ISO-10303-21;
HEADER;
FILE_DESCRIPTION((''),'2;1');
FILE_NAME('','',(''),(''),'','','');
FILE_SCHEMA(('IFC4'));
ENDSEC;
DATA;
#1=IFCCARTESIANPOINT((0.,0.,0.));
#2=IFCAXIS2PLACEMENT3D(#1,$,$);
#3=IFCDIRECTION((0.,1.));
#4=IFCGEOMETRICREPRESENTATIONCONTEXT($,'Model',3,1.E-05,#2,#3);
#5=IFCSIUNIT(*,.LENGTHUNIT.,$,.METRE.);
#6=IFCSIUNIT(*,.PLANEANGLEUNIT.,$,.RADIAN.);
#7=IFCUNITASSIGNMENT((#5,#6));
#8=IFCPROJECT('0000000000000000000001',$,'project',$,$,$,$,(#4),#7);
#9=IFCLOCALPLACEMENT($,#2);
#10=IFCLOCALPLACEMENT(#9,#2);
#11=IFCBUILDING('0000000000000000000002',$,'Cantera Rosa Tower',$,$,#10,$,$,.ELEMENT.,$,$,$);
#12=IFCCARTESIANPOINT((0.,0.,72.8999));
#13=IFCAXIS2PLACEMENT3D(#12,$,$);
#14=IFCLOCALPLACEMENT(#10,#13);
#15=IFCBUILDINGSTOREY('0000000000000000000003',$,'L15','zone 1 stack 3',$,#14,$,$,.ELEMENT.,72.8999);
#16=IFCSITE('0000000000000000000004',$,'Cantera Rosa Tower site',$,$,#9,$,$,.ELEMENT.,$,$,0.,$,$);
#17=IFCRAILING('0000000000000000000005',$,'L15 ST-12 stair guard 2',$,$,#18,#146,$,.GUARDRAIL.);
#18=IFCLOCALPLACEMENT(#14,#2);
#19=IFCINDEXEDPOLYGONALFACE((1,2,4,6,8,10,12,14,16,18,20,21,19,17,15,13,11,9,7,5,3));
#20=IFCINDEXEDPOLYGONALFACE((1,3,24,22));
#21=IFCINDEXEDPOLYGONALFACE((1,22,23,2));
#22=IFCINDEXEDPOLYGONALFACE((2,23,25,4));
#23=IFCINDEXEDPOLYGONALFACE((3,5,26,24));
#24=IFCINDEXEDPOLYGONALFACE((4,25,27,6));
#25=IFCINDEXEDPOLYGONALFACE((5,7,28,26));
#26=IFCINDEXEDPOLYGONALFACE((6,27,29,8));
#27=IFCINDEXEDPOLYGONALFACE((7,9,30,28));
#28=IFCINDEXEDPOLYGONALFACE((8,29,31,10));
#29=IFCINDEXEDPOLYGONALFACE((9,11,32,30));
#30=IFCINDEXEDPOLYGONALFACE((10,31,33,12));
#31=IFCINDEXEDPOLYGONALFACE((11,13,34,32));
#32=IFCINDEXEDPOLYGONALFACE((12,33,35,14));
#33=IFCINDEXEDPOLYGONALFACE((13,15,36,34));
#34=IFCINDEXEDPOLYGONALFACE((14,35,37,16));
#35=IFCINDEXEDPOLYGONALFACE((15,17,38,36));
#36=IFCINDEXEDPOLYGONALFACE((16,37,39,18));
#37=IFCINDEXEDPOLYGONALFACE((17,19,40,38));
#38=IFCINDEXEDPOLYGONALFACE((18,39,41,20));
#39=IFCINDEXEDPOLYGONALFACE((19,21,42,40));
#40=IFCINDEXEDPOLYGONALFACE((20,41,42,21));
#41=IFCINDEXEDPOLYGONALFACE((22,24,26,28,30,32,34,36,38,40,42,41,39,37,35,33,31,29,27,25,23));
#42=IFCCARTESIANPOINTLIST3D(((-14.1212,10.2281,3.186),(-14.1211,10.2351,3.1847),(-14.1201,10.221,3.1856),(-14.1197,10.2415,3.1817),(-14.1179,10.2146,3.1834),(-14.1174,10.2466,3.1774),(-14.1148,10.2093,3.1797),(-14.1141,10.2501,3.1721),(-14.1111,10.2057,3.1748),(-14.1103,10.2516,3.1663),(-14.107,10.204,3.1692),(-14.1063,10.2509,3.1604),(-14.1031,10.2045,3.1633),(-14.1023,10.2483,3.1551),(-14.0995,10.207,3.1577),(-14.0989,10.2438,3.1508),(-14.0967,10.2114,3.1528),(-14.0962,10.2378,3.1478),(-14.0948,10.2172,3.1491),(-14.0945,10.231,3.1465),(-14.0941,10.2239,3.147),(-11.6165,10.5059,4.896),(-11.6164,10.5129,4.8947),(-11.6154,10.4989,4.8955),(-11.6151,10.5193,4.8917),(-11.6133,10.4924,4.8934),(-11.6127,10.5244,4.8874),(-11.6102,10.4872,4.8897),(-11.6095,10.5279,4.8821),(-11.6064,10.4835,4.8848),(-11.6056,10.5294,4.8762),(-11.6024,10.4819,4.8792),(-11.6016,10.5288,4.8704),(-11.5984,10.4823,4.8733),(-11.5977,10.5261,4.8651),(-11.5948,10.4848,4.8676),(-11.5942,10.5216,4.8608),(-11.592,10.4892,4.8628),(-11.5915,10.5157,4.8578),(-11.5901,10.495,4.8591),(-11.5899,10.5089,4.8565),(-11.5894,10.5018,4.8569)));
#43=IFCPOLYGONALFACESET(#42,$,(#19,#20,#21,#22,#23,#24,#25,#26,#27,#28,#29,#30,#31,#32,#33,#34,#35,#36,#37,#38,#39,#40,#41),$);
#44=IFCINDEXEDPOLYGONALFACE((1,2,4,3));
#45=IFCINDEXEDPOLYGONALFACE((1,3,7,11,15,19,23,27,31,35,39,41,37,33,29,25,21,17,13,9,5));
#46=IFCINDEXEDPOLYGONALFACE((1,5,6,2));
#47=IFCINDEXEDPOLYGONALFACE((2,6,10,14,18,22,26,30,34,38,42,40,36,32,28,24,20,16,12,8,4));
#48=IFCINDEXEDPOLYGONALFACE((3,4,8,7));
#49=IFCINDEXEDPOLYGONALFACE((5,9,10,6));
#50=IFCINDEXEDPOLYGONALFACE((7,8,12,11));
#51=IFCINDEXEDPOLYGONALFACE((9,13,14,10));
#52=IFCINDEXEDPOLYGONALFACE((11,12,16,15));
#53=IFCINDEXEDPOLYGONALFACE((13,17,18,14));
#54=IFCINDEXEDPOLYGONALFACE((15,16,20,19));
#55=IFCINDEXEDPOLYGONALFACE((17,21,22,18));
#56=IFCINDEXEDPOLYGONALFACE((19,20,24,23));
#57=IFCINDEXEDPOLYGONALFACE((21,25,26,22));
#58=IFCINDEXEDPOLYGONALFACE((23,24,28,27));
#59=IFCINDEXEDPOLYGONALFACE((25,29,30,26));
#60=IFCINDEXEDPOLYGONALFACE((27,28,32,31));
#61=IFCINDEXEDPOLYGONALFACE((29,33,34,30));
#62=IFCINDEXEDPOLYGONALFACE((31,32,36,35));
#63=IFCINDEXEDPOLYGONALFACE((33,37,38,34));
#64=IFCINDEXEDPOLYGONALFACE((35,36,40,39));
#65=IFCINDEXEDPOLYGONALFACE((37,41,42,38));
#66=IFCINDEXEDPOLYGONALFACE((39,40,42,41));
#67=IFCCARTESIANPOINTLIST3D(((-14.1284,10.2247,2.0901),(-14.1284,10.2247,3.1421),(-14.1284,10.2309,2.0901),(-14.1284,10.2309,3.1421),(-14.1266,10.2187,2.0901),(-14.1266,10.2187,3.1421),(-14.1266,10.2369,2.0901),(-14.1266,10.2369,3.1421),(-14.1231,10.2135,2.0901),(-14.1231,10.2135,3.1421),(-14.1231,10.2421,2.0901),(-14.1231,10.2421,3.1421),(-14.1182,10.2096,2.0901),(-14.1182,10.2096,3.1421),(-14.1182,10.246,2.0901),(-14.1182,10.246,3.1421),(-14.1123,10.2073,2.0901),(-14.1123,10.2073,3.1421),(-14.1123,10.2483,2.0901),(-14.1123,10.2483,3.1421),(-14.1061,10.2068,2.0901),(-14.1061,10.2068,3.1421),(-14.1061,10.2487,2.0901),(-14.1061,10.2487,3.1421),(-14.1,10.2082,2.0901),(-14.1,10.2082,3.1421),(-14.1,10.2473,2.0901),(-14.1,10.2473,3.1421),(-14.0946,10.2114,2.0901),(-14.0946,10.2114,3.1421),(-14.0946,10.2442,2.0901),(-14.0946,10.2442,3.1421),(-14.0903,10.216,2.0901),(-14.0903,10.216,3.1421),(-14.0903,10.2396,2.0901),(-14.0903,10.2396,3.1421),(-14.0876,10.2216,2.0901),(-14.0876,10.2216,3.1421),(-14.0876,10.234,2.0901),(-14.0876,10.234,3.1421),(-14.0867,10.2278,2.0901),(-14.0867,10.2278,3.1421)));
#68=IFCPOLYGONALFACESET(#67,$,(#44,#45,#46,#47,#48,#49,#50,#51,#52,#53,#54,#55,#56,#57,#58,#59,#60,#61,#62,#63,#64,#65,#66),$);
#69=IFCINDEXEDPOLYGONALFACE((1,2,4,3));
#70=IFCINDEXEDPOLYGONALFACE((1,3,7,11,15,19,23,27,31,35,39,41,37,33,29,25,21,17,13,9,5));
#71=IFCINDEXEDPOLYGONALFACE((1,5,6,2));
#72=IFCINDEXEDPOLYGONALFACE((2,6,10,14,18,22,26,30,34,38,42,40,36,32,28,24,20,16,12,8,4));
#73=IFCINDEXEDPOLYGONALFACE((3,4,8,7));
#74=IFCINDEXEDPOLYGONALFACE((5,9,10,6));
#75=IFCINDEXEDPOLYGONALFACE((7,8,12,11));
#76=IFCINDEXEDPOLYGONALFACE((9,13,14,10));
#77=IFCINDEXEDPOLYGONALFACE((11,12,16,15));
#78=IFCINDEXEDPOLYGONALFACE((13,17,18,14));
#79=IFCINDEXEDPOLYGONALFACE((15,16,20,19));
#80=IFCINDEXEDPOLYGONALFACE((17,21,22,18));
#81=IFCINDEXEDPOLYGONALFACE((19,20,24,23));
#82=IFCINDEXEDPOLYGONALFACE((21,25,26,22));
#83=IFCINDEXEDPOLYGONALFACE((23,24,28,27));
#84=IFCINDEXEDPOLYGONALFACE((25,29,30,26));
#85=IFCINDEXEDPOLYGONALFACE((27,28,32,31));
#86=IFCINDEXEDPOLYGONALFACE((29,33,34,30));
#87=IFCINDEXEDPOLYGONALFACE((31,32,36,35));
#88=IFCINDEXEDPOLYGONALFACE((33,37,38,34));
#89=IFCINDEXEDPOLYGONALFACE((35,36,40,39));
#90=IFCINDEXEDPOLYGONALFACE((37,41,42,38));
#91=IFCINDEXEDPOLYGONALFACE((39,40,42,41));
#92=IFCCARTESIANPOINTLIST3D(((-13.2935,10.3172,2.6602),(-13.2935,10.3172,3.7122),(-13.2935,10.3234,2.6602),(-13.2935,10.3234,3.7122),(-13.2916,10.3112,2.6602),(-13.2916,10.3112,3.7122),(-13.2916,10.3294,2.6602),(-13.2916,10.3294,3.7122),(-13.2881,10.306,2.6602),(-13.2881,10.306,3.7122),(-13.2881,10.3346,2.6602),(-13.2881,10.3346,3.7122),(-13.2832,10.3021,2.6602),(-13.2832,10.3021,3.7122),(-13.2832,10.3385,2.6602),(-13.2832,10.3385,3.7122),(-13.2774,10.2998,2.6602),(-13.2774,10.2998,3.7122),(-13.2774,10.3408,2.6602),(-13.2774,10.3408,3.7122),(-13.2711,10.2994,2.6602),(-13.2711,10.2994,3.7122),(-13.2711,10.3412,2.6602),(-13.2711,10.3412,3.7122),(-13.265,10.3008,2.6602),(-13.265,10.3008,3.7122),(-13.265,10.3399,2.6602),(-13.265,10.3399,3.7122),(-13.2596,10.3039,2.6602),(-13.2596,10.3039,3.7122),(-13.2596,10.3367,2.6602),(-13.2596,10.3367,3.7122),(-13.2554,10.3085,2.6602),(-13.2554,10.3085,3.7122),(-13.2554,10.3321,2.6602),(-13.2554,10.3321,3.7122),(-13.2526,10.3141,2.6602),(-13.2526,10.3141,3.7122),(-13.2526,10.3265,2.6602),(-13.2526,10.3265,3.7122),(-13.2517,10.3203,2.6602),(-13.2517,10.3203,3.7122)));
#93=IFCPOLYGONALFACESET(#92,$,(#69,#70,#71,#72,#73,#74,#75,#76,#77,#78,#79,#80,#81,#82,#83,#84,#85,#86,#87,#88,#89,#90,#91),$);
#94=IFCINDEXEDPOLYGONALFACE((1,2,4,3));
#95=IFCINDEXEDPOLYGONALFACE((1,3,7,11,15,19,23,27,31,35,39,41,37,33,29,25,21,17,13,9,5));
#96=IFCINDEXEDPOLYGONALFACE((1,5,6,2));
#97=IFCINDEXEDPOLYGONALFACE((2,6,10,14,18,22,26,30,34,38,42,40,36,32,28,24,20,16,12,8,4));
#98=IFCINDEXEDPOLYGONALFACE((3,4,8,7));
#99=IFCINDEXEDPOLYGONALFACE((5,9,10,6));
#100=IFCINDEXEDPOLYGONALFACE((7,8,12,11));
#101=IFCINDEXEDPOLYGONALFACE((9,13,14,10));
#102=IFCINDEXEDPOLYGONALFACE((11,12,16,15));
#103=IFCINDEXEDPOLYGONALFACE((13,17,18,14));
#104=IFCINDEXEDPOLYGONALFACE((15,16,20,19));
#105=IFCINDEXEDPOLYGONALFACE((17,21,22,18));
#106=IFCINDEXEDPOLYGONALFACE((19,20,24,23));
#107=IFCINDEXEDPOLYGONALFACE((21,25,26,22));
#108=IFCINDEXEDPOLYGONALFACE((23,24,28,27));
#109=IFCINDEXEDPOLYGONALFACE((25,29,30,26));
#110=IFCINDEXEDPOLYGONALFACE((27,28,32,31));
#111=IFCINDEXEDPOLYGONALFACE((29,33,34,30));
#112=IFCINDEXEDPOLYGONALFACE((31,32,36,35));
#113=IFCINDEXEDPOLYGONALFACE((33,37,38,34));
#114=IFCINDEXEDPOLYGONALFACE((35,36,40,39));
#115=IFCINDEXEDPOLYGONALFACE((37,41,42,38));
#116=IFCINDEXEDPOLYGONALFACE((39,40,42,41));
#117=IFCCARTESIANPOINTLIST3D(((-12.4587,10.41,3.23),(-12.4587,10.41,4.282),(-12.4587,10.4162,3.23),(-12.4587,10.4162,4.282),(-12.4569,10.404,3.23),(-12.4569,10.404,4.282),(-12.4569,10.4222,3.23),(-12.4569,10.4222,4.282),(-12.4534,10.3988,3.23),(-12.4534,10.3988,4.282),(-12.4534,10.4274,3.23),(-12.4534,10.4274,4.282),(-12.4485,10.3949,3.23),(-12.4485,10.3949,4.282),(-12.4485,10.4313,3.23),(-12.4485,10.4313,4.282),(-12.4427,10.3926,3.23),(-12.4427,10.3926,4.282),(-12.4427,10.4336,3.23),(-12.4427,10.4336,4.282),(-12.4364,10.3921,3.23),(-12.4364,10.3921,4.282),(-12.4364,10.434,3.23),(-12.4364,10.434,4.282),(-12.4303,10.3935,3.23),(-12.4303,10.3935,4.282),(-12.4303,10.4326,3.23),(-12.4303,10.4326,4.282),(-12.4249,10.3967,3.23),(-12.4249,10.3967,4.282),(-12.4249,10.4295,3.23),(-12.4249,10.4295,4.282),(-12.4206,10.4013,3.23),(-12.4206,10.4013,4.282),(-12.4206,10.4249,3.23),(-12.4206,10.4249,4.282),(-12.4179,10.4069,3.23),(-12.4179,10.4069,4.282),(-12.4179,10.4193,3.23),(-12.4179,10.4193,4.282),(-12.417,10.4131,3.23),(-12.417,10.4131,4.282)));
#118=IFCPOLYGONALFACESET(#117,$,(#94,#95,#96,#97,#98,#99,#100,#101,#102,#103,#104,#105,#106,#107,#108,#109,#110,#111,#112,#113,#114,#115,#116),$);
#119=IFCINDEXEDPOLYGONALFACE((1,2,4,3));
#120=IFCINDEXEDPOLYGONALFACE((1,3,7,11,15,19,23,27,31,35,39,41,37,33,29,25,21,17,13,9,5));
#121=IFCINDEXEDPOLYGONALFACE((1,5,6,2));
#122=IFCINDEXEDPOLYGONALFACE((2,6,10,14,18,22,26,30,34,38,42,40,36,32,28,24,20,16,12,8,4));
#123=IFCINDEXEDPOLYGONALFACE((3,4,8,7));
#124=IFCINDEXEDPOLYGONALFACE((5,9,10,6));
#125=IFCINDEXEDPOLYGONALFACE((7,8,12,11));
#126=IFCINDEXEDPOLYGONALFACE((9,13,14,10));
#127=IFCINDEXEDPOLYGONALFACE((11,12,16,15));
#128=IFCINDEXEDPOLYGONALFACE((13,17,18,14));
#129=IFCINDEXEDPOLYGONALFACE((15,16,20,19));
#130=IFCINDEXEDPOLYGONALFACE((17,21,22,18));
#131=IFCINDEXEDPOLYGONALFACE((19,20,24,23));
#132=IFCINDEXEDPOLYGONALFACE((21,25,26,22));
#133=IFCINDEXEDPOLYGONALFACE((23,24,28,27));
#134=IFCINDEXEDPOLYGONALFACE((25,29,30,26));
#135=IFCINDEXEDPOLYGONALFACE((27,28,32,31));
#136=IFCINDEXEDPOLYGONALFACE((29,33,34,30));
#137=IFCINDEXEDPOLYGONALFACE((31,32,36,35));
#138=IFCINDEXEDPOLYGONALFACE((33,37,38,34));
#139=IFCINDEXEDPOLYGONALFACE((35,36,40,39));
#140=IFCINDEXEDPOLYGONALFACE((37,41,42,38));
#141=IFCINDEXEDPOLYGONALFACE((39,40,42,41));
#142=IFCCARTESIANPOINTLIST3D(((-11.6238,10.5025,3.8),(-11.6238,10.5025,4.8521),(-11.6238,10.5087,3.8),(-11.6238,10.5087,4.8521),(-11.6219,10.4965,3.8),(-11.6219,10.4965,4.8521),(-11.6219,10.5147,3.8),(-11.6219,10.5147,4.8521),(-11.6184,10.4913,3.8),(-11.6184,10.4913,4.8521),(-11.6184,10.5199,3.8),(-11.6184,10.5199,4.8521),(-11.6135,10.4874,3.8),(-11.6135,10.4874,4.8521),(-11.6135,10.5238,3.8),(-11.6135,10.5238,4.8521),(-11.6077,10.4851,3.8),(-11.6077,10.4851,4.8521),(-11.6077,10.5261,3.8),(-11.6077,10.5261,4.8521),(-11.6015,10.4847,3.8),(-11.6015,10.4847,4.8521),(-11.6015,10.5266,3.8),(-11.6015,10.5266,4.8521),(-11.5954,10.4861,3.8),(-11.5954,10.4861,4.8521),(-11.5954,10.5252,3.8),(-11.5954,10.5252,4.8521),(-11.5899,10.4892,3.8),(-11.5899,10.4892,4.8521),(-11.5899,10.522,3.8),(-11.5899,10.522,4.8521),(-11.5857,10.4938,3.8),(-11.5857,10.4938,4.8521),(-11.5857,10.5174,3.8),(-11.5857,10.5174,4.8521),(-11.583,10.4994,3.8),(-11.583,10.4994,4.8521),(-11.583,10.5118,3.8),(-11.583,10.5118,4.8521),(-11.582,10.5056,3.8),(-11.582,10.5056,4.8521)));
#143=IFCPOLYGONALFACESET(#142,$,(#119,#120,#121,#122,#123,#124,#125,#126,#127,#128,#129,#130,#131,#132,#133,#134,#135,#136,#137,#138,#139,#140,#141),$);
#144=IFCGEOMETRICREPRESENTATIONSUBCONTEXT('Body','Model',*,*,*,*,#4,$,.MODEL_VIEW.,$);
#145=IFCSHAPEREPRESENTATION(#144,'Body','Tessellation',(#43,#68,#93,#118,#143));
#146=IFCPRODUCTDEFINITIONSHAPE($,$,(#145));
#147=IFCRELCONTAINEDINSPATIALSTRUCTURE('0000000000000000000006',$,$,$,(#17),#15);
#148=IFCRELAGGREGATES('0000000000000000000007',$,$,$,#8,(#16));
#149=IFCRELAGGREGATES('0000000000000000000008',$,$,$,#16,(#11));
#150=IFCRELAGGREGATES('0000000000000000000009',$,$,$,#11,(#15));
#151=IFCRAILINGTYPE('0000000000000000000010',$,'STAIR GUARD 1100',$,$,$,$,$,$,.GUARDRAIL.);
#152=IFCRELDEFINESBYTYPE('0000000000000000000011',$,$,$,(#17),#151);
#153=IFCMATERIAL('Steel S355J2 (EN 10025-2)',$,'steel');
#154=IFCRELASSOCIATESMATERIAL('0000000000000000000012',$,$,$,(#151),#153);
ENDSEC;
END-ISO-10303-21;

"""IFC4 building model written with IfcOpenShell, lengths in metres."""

from ifc_helpers import new_model, si_unit, direction, frame, origin, origin_2d, place, context, subcontext, project, spatial, circle, extrude, material, type_object, element, save


model = new_model("IFC4")

# Units and contexts
model_context = context("Model", 3, precision=1e-05, world=origin(), true_north=direction((0.0, 1.0)))
body_context = subcontext(model_context, "Body", "Model", "MODEL_VIEW")
ifc_project = project(units=[si_unit("LENGTHUNIT", "METRE"), si_unit("PLANEANGLEUNIT", "RADIAN")], contexts=[model_context])

# Site, building, storey
site_placement = place(None, origin())
site = spatial("IfcSite", under=ifc_project, at=site_placement, Name="Cantera Rosa Tower site", CompositionType="ELEMENT", RefElevation=0.0)
building_placement = place(site_placement, origin())
building = spatial("IfcBuilding", under=site, at=building_placement, Name="Cantera Rosa Tower", CompositionType="ELEMENT")
storey_placement = place(building_placement, frame((0.0, 0.0, 72.8999)))
storey = spatial("IfcBuildingStorey", under=building, at=storey_placement, Name="L15", Description="zone 1 stack 3", CompositionType="ELEMENT", Elevation=72.8999)

# Railing
ifc_material_1 = material(Name="Steel S355J2 (EN 10025-2)", Category="steel")
railing_type_1 = type_object("IfcRailingType", Name="STAIR GUARD 1100", PredefinedType="GUARDRAIL", material=ifc_material_1)
railing_1_placement = place(storey_placement, frame((-14.1077, 10.2278, 2.0901)))
element("IfcRailing", 1, at=railing_1_placement, inside=storey, type_object=railing_type_1, Name="L15 ST-12 stair guard 2", PredefinedType="GUARDRAIL", context=body_context, shape_type="SweptSolid", body=[
    extrude(circle(Radius=0.0239, at=origin_2d()), frame((0.0, 0.0, 1.0762), z_axis=(0.822437, 0.091231, 0.561492), x_axis=(-0.110251, 0.993904, 0.0)), (0.0, 0.0, 1.0), 3.0454),
    extrude(circle(Radius=0.021, at=origin_2d()), origin(), (0.0, 0.0, 1.0), 1.052),
    extrude(circle(Radius=0.021, at=origin_2d()), frame((0.835, 0.0925, 0.5701)), (0.0, 0.0, 1.0), 1.052),
    extrude(circle(Radius=0.021, at=origin_2d()), frame((1.6697, 0.1853, 1.1399)), (0.0, 0.0, 1.0), 1.052),
    extrude(circle(Radius=0.021, at=origin_2d()), frame((2.5046, 0.2778, 1.71)), (0.0, 0.0, 1.0), 1.052),
])

save(model, "model.ifc")
